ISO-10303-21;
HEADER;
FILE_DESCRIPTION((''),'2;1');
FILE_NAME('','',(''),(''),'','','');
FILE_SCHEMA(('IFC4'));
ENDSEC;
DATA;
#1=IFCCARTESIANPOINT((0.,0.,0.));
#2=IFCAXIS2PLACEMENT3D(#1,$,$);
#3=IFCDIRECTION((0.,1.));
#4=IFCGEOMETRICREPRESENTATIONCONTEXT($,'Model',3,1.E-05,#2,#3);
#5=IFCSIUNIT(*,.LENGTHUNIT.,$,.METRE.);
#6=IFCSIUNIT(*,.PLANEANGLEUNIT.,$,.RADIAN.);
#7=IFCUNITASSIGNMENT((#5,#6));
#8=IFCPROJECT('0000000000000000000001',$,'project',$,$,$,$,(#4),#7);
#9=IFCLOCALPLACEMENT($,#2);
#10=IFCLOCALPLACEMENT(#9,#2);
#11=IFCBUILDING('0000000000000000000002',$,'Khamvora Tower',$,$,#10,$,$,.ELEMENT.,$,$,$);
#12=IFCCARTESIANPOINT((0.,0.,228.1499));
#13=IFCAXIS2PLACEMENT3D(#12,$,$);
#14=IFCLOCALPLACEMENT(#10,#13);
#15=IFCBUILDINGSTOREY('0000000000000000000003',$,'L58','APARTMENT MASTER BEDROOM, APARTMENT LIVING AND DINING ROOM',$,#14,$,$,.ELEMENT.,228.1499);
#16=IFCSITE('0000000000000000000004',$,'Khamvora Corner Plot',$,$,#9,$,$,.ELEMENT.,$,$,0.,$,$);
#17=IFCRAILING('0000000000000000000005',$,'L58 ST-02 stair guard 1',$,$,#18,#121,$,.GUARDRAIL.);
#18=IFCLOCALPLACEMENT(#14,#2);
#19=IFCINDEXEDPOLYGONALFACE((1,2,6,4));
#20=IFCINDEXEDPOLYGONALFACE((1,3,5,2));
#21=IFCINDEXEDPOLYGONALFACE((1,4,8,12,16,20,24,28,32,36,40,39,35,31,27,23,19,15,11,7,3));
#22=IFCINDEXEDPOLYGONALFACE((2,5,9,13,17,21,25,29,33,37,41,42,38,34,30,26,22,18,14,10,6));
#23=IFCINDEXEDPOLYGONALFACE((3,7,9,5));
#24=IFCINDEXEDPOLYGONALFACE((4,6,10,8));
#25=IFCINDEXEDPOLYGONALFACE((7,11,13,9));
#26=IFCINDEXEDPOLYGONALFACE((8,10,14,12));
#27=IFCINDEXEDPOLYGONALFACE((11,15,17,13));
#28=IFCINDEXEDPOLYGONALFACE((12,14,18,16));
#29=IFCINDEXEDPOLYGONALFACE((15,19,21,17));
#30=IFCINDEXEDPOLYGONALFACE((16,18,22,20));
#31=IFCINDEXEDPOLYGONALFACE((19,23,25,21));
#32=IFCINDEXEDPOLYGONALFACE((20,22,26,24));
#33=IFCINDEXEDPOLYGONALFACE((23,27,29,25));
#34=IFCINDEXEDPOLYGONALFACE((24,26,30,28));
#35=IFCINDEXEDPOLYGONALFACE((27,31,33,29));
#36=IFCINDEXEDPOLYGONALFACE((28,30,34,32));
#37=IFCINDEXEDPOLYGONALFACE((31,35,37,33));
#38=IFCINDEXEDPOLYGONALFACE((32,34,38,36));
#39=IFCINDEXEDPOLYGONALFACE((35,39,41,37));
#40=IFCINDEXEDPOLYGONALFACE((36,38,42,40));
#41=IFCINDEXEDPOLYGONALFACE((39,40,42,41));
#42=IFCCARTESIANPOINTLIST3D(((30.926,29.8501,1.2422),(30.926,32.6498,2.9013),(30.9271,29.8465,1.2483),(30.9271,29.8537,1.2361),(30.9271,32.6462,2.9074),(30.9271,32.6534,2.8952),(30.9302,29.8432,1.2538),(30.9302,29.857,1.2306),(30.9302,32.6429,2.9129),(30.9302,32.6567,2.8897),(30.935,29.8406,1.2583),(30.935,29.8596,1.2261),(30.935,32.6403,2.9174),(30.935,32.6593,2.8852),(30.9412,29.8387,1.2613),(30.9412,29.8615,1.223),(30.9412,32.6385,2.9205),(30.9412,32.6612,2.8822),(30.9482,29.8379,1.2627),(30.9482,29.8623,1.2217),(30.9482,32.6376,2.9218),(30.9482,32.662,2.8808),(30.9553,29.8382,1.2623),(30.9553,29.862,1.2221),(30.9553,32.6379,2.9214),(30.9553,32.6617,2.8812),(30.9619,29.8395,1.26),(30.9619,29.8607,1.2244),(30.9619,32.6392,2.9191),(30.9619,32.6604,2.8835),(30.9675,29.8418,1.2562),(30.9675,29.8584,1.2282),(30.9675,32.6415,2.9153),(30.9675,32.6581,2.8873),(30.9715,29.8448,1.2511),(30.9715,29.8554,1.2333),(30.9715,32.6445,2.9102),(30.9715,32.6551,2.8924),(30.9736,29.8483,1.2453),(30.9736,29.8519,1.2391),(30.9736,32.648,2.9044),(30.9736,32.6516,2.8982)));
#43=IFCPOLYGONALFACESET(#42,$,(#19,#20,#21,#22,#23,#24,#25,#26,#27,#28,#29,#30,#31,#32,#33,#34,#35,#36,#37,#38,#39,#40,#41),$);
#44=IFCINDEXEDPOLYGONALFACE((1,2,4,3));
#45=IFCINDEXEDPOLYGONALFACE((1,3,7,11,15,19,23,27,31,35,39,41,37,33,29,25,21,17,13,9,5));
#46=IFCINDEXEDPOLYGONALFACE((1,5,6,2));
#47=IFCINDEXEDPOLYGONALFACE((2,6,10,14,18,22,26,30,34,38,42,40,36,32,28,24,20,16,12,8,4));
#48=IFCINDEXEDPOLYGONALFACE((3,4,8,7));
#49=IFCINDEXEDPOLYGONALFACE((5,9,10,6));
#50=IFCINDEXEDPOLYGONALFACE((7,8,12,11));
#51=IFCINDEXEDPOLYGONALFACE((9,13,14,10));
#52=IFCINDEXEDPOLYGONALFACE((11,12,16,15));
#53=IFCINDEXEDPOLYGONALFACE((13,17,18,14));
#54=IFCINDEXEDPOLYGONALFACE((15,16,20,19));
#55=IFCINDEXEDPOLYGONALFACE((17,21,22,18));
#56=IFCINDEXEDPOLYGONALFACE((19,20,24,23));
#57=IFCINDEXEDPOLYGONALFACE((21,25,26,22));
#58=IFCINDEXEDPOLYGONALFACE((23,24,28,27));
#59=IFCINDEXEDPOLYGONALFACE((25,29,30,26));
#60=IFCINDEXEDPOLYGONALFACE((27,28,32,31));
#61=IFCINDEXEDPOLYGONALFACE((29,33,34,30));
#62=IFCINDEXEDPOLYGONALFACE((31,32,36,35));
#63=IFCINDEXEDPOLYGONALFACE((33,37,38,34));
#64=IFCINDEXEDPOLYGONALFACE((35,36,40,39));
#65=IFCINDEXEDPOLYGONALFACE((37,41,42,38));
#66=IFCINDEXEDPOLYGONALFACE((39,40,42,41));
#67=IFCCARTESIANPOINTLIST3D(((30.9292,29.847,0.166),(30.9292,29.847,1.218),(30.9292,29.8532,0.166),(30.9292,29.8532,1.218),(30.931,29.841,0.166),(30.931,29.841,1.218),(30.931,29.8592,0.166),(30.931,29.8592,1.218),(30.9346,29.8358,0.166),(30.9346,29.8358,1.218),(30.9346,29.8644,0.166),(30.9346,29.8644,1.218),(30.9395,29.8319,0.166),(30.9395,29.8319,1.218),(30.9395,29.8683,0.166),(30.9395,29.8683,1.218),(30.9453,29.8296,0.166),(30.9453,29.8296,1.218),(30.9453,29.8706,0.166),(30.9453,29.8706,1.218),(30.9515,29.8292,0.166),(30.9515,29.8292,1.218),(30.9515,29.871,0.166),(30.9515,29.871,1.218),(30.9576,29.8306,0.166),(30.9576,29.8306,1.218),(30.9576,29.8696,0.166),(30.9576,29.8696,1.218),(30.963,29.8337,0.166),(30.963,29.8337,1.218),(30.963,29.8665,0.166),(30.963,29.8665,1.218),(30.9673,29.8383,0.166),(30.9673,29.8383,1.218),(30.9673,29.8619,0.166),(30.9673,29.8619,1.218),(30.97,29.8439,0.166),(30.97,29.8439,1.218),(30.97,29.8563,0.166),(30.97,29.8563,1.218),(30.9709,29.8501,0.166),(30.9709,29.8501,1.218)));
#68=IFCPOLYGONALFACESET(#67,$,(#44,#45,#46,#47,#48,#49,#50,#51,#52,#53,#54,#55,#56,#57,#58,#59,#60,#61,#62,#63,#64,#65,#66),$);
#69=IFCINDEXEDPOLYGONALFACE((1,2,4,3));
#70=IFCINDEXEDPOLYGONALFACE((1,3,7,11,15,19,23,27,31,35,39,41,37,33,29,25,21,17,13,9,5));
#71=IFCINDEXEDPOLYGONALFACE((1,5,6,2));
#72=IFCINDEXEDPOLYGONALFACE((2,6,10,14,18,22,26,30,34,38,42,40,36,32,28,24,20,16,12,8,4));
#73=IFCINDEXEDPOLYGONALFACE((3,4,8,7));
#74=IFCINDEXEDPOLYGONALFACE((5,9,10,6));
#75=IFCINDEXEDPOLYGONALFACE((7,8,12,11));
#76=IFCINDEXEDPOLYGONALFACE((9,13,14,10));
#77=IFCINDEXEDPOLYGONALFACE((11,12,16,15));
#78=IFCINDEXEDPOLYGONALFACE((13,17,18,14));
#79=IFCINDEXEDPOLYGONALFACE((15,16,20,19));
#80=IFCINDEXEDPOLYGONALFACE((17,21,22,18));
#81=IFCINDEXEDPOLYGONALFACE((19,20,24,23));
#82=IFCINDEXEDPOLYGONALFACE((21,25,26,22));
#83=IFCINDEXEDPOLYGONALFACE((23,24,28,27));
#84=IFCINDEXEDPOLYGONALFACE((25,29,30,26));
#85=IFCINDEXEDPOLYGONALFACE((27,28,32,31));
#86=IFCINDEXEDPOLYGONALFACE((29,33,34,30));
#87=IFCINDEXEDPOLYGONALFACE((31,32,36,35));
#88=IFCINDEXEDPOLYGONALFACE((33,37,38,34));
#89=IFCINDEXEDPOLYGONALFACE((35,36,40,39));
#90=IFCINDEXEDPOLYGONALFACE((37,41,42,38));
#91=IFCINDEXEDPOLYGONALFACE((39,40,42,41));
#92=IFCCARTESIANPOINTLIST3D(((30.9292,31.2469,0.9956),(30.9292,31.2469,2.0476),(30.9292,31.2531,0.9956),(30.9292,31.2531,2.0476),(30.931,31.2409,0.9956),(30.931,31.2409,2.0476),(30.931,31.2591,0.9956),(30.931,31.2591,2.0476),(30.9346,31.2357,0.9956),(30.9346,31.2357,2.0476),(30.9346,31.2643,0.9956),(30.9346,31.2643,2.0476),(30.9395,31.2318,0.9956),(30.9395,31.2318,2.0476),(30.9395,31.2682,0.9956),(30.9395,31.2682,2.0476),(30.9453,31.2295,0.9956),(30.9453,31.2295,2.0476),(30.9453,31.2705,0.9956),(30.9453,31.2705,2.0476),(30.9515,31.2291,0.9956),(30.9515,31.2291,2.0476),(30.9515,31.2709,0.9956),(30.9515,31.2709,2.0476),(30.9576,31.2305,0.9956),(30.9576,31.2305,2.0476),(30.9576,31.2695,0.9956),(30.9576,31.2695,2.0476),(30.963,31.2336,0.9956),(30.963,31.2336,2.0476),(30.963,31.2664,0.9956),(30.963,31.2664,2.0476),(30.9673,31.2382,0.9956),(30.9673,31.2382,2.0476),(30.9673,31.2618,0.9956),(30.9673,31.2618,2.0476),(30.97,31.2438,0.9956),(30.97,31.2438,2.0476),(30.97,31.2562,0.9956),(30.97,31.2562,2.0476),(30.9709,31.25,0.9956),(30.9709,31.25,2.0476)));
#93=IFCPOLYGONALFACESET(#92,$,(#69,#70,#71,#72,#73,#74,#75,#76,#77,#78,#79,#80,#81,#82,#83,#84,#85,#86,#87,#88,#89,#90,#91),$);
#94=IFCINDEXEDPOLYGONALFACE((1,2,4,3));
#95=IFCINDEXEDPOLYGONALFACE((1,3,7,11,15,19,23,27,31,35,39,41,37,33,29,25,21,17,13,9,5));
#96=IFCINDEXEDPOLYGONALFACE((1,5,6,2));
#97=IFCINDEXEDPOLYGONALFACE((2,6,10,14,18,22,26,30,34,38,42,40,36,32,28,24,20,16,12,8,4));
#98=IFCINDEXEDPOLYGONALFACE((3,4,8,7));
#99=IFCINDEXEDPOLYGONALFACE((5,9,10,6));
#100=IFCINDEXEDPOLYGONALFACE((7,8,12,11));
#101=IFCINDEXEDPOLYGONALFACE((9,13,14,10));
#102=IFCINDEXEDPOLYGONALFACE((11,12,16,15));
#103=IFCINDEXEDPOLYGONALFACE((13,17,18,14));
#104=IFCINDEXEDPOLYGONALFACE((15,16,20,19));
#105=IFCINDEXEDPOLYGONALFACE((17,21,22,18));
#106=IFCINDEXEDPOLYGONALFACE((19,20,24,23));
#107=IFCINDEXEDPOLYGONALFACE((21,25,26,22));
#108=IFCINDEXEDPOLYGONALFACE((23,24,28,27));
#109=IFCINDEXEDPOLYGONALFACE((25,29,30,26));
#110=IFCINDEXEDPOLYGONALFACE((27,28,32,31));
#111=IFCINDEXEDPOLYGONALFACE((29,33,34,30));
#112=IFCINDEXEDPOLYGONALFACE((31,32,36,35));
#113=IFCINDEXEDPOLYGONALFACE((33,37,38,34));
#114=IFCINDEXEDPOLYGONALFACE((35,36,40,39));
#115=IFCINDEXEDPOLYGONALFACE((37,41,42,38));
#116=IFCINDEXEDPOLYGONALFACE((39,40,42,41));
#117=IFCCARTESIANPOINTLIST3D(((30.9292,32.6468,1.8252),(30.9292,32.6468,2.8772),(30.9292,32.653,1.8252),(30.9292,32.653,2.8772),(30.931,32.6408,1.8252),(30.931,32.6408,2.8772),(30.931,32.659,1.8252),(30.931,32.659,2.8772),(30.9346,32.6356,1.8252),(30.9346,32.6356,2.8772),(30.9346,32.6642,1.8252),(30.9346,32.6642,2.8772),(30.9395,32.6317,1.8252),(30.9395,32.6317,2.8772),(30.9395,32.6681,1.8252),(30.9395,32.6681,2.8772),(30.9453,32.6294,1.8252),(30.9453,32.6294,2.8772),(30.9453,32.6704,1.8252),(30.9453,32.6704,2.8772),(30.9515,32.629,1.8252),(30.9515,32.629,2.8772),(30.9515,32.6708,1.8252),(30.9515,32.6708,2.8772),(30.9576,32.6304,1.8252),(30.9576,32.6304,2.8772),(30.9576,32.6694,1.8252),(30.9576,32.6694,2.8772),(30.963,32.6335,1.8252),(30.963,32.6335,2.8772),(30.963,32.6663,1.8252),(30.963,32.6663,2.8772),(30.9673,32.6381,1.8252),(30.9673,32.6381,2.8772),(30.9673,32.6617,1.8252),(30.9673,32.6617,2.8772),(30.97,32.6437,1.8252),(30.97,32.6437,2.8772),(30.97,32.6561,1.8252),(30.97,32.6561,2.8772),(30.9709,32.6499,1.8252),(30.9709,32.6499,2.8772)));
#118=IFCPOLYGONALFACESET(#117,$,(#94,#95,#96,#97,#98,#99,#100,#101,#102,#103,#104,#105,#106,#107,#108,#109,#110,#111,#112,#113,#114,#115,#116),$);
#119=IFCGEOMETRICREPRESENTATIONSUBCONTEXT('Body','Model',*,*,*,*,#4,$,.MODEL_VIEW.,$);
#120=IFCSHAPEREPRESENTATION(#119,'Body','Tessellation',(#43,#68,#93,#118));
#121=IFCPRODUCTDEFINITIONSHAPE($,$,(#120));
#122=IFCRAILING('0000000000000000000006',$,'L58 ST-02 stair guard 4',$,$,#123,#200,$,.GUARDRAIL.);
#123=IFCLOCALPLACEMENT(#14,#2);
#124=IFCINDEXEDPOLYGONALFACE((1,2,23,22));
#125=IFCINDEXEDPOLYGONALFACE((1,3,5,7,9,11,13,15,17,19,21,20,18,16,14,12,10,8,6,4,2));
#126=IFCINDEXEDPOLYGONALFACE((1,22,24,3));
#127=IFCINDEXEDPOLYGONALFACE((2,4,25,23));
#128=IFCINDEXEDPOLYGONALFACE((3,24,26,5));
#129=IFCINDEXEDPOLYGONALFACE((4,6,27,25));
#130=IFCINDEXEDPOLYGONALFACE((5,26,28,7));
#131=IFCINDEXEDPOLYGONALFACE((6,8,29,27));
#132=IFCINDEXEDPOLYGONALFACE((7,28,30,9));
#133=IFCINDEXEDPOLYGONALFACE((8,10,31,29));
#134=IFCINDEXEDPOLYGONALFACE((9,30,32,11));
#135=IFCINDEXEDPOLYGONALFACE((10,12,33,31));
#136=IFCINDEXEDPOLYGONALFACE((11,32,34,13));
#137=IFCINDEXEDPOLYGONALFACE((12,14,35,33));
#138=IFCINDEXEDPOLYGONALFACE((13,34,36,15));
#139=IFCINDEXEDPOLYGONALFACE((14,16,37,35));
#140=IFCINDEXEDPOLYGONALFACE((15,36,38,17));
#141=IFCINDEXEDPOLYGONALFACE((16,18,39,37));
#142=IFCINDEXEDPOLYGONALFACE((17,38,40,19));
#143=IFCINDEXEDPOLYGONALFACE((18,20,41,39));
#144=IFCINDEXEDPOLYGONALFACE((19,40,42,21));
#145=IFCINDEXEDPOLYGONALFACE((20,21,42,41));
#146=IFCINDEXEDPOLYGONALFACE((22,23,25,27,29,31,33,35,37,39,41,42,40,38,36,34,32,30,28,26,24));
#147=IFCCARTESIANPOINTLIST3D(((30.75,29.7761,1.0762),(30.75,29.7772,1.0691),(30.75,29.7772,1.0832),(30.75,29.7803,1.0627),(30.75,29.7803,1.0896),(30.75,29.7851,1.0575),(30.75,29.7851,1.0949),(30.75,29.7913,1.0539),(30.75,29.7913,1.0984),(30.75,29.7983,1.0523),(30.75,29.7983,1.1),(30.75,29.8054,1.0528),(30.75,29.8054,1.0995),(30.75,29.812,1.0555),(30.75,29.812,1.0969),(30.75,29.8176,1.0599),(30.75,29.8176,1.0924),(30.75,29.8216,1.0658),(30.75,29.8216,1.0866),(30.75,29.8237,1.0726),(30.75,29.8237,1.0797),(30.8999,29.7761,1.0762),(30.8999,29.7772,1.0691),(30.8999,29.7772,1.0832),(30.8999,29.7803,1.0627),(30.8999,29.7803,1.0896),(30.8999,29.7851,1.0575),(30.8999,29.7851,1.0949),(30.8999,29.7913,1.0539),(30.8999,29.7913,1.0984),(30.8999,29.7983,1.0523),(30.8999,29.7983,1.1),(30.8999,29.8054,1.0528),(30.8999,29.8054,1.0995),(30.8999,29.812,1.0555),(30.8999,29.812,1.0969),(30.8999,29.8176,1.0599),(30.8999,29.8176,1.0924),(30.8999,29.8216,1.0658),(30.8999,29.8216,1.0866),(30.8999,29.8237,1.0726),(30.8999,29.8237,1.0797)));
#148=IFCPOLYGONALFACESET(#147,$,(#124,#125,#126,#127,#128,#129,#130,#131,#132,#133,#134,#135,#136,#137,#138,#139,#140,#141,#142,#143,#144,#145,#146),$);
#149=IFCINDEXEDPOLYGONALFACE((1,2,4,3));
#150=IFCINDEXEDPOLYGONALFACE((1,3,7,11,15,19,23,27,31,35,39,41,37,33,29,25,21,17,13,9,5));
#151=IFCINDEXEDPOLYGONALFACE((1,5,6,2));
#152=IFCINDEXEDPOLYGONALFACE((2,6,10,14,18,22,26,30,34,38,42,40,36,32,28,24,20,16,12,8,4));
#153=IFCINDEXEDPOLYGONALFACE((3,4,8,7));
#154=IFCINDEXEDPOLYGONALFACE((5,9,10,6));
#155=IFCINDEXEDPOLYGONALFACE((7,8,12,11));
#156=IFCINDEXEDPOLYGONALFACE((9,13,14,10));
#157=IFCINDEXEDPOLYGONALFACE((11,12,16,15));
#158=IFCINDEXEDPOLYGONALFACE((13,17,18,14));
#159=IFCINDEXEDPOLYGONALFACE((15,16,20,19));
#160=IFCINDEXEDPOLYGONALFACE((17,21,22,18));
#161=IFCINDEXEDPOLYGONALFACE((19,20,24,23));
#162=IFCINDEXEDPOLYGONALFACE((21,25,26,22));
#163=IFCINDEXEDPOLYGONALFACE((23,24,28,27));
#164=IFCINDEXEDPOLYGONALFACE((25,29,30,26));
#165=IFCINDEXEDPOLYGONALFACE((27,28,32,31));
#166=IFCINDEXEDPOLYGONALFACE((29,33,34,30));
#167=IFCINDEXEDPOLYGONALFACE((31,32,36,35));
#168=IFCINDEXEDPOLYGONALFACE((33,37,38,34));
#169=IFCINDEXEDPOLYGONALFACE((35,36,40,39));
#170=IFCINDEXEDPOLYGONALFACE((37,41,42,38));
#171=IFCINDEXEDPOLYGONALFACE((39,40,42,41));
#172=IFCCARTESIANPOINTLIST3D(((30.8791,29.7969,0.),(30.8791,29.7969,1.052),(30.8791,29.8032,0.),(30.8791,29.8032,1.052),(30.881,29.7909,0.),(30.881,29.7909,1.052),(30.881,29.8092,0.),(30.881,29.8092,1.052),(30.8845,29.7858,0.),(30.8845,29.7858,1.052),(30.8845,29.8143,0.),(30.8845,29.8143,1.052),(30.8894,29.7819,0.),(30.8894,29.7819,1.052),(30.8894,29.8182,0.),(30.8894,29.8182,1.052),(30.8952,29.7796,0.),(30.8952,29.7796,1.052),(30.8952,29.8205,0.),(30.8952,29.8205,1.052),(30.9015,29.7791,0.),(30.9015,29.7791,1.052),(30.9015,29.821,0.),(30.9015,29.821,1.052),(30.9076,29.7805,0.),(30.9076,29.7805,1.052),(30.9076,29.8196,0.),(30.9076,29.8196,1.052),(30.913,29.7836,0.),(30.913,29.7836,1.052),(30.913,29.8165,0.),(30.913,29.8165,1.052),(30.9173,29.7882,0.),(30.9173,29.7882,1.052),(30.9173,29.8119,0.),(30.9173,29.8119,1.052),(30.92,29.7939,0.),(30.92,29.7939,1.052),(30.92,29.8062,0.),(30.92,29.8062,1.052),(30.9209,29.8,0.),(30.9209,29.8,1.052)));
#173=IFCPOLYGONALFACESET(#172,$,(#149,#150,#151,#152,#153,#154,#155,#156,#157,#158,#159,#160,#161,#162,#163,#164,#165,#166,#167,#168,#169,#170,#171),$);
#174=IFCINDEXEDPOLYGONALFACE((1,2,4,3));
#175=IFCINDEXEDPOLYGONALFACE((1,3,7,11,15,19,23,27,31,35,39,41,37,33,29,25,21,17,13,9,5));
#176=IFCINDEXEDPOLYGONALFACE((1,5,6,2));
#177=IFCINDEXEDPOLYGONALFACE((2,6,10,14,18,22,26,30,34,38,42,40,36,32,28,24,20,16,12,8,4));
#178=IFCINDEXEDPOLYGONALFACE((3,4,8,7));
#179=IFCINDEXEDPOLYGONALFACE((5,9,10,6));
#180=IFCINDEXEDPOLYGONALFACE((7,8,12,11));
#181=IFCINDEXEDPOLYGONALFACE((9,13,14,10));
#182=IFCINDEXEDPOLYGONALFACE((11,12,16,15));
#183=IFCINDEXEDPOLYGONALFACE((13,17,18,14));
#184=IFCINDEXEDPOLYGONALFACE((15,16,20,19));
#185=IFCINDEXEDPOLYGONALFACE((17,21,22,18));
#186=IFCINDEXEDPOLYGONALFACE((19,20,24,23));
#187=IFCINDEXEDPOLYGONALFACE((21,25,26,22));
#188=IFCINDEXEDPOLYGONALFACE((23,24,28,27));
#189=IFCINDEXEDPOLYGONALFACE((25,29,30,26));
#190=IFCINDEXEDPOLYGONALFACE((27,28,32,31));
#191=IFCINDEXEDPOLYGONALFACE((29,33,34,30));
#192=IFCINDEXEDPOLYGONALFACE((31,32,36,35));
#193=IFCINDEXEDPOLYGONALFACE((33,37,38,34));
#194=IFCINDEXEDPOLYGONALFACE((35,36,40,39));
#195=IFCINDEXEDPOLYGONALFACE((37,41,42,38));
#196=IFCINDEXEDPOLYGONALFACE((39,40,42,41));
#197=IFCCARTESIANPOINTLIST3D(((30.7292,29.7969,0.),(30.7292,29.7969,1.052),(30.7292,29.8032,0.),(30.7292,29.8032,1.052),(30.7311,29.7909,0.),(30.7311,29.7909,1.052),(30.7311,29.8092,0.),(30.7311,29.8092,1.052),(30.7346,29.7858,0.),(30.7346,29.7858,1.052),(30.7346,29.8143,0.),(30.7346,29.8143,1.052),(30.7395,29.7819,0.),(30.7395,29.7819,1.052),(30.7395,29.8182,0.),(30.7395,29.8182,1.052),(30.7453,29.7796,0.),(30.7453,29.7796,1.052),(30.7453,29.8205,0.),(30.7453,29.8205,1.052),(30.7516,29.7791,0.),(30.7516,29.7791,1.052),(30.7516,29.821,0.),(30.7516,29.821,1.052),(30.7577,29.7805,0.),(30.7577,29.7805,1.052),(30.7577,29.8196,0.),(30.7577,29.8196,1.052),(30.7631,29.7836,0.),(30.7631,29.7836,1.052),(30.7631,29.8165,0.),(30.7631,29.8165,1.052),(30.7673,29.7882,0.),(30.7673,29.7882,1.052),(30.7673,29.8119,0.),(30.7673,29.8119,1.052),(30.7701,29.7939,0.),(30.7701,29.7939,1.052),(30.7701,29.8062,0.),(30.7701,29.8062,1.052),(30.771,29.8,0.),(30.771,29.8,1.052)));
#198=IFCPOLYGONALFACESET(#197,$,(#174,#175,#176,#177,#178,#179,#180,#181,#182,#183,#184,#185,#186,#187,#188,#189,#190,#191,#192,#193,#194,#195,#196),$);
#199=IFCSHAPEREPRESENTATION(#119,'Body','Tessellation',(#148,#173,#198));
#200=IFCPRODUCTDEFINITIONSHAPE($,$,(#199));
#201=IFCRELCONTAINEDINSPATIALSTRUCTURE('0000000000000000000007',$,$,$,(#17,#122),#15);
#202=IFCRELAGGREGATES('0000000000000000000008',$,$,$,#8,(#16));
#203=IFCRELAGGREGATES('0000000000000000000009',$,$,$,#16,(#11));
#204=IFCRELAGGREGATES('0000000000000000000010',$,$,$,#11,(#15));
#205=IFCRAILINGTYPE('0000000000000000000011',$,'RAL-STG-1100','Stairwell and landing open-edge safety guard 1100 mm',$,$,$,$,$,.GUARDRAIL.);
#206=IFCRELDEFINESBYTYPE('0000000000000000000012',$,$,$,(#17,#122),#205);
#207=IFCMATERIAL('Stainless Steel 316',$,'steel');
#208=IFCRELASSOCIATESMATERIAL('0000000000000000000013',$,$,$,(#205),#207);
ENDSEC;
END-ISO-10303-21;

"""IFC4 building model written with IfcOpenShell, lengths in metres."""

from ifc_helpers import new_model, si_unit, direction, frame, origin, origin_2d, place, context, subcontext, project, spatial, circle, extrude, material, type_object, element, save


model = new_model("IFC4")

# Units and contexts
model_context = context("Model", 3, precision=1e-05, world=origin(), true_north=direction((0.0, 1.0)))
body_context = subcontext(model_context, "Body", "Model", "MODEL_VIEW")
ifc_project = project(units=[si_unit("LENGTHUNIT", "METRE"), si_unit("PLANEANGLEUNIT", "RADIAN")], contexts=[model_context])

# Site, building, storey
site_placement = place(None, origin())
site = spatial("IfcSite", under=ifc_project, at=site_placement, Name="Khamvora Corner Plot", CompositionType="ELEMENT", RefElevation=0.0)
building_placement = place(site_placement, origin())
building = spatial("IfcBuilding", under=site, at=building_placement, Name="Khamvora Tower", CompositionType="ELEMENT")
storey_placement = place(building_placement, frame((0.0, 0.0, 228.1499)))
storey = spatial("IfcBuildingStorey", under=building, at=storey_placement, Name="L58", Description="APARTMENT MASTER BEDROOM, APARTMENT LIVING AND DINING ROOM", CompositionType="ELEMENT", Elevation=228.1499)

# Railings
ifc_material_1 = material(Name="Stainless Steel 316", Category="steel")
railing_type_1 = type_object("IfcRailingType", Name="RAL-STG-1100", Description="Stairwell and landing open-edge safety guard 1100 mm", PredefinedType="GUARDRAIL", material=ifc_material_1)
railing_1_placement = place(storey_placement, frame((30.95, 29.8501, 0.166)))
element("IfcRailing", 1, at=railing_1_placement, inside=storey, type_object=railing_type_1, Name="L58 ST-02 stair guard 1", PredefinedType="GUARDRAIL", context=body_context, shape_type="SweptSolid", body=[
    extrude(circle(Radius=0.0239, at=origin_2d()), frame((0.0, 0.0, 1.0762), z_axis=(0.0, 0.860287, 0.509811), x_axis=(-1.0, 0.0, 0.0)), (0.0, 0.0, 1.0), 3.2544),
    extrude(circle(Radius=0.021, at=origin_2d()), origin(), (0.0, 0.0, 1.0), 1.052),
    extrude(circle(Radius=0.021, at=origin_2d()), frame((0.0, 1.3999, 0.8296)), (0.0, 0.0, 1.0), 1.052),
    extrude(circle(Radius=0.021, at=origin_2d()), frame((0.0, 2.7998, 1.6592)), (0.0, 0.0, 1.0), 1.052),
])
railing_2_placement = place(storey_placement, frame((30.8999, 29.8, 0.0)))
element("IfcRailing", 2, at=railing_2_placement, inside=storey, type_object=railing_type_1, Name="L58 ST-02 stair guard 4", PredefinedType="GUARDRAIL", context=body_context, shape_type="SweptSolid", body=[
    extrude(circle(Radius=0.0239, at=origin_2d()), frame((0.0, 0.0, 1.0762), z_axis=(-1.0, 0.0, 0.0), x_axis=(0.0, -1.0, 0.0)), (0.0, 0.0, 1.0), 0.1499),
    extrude(circle(Radius=0.021, at=origin_2d()), origin(), (0.0, 0.0, 1.0), 1.052),
    extrude(circle(Radius=0.021, at=origin_2d()), frame((-0.1499, 0.0, 0.0)), (0.0, 0.0, 1.0), 1.052),
])

save(model, "model.ifc")
